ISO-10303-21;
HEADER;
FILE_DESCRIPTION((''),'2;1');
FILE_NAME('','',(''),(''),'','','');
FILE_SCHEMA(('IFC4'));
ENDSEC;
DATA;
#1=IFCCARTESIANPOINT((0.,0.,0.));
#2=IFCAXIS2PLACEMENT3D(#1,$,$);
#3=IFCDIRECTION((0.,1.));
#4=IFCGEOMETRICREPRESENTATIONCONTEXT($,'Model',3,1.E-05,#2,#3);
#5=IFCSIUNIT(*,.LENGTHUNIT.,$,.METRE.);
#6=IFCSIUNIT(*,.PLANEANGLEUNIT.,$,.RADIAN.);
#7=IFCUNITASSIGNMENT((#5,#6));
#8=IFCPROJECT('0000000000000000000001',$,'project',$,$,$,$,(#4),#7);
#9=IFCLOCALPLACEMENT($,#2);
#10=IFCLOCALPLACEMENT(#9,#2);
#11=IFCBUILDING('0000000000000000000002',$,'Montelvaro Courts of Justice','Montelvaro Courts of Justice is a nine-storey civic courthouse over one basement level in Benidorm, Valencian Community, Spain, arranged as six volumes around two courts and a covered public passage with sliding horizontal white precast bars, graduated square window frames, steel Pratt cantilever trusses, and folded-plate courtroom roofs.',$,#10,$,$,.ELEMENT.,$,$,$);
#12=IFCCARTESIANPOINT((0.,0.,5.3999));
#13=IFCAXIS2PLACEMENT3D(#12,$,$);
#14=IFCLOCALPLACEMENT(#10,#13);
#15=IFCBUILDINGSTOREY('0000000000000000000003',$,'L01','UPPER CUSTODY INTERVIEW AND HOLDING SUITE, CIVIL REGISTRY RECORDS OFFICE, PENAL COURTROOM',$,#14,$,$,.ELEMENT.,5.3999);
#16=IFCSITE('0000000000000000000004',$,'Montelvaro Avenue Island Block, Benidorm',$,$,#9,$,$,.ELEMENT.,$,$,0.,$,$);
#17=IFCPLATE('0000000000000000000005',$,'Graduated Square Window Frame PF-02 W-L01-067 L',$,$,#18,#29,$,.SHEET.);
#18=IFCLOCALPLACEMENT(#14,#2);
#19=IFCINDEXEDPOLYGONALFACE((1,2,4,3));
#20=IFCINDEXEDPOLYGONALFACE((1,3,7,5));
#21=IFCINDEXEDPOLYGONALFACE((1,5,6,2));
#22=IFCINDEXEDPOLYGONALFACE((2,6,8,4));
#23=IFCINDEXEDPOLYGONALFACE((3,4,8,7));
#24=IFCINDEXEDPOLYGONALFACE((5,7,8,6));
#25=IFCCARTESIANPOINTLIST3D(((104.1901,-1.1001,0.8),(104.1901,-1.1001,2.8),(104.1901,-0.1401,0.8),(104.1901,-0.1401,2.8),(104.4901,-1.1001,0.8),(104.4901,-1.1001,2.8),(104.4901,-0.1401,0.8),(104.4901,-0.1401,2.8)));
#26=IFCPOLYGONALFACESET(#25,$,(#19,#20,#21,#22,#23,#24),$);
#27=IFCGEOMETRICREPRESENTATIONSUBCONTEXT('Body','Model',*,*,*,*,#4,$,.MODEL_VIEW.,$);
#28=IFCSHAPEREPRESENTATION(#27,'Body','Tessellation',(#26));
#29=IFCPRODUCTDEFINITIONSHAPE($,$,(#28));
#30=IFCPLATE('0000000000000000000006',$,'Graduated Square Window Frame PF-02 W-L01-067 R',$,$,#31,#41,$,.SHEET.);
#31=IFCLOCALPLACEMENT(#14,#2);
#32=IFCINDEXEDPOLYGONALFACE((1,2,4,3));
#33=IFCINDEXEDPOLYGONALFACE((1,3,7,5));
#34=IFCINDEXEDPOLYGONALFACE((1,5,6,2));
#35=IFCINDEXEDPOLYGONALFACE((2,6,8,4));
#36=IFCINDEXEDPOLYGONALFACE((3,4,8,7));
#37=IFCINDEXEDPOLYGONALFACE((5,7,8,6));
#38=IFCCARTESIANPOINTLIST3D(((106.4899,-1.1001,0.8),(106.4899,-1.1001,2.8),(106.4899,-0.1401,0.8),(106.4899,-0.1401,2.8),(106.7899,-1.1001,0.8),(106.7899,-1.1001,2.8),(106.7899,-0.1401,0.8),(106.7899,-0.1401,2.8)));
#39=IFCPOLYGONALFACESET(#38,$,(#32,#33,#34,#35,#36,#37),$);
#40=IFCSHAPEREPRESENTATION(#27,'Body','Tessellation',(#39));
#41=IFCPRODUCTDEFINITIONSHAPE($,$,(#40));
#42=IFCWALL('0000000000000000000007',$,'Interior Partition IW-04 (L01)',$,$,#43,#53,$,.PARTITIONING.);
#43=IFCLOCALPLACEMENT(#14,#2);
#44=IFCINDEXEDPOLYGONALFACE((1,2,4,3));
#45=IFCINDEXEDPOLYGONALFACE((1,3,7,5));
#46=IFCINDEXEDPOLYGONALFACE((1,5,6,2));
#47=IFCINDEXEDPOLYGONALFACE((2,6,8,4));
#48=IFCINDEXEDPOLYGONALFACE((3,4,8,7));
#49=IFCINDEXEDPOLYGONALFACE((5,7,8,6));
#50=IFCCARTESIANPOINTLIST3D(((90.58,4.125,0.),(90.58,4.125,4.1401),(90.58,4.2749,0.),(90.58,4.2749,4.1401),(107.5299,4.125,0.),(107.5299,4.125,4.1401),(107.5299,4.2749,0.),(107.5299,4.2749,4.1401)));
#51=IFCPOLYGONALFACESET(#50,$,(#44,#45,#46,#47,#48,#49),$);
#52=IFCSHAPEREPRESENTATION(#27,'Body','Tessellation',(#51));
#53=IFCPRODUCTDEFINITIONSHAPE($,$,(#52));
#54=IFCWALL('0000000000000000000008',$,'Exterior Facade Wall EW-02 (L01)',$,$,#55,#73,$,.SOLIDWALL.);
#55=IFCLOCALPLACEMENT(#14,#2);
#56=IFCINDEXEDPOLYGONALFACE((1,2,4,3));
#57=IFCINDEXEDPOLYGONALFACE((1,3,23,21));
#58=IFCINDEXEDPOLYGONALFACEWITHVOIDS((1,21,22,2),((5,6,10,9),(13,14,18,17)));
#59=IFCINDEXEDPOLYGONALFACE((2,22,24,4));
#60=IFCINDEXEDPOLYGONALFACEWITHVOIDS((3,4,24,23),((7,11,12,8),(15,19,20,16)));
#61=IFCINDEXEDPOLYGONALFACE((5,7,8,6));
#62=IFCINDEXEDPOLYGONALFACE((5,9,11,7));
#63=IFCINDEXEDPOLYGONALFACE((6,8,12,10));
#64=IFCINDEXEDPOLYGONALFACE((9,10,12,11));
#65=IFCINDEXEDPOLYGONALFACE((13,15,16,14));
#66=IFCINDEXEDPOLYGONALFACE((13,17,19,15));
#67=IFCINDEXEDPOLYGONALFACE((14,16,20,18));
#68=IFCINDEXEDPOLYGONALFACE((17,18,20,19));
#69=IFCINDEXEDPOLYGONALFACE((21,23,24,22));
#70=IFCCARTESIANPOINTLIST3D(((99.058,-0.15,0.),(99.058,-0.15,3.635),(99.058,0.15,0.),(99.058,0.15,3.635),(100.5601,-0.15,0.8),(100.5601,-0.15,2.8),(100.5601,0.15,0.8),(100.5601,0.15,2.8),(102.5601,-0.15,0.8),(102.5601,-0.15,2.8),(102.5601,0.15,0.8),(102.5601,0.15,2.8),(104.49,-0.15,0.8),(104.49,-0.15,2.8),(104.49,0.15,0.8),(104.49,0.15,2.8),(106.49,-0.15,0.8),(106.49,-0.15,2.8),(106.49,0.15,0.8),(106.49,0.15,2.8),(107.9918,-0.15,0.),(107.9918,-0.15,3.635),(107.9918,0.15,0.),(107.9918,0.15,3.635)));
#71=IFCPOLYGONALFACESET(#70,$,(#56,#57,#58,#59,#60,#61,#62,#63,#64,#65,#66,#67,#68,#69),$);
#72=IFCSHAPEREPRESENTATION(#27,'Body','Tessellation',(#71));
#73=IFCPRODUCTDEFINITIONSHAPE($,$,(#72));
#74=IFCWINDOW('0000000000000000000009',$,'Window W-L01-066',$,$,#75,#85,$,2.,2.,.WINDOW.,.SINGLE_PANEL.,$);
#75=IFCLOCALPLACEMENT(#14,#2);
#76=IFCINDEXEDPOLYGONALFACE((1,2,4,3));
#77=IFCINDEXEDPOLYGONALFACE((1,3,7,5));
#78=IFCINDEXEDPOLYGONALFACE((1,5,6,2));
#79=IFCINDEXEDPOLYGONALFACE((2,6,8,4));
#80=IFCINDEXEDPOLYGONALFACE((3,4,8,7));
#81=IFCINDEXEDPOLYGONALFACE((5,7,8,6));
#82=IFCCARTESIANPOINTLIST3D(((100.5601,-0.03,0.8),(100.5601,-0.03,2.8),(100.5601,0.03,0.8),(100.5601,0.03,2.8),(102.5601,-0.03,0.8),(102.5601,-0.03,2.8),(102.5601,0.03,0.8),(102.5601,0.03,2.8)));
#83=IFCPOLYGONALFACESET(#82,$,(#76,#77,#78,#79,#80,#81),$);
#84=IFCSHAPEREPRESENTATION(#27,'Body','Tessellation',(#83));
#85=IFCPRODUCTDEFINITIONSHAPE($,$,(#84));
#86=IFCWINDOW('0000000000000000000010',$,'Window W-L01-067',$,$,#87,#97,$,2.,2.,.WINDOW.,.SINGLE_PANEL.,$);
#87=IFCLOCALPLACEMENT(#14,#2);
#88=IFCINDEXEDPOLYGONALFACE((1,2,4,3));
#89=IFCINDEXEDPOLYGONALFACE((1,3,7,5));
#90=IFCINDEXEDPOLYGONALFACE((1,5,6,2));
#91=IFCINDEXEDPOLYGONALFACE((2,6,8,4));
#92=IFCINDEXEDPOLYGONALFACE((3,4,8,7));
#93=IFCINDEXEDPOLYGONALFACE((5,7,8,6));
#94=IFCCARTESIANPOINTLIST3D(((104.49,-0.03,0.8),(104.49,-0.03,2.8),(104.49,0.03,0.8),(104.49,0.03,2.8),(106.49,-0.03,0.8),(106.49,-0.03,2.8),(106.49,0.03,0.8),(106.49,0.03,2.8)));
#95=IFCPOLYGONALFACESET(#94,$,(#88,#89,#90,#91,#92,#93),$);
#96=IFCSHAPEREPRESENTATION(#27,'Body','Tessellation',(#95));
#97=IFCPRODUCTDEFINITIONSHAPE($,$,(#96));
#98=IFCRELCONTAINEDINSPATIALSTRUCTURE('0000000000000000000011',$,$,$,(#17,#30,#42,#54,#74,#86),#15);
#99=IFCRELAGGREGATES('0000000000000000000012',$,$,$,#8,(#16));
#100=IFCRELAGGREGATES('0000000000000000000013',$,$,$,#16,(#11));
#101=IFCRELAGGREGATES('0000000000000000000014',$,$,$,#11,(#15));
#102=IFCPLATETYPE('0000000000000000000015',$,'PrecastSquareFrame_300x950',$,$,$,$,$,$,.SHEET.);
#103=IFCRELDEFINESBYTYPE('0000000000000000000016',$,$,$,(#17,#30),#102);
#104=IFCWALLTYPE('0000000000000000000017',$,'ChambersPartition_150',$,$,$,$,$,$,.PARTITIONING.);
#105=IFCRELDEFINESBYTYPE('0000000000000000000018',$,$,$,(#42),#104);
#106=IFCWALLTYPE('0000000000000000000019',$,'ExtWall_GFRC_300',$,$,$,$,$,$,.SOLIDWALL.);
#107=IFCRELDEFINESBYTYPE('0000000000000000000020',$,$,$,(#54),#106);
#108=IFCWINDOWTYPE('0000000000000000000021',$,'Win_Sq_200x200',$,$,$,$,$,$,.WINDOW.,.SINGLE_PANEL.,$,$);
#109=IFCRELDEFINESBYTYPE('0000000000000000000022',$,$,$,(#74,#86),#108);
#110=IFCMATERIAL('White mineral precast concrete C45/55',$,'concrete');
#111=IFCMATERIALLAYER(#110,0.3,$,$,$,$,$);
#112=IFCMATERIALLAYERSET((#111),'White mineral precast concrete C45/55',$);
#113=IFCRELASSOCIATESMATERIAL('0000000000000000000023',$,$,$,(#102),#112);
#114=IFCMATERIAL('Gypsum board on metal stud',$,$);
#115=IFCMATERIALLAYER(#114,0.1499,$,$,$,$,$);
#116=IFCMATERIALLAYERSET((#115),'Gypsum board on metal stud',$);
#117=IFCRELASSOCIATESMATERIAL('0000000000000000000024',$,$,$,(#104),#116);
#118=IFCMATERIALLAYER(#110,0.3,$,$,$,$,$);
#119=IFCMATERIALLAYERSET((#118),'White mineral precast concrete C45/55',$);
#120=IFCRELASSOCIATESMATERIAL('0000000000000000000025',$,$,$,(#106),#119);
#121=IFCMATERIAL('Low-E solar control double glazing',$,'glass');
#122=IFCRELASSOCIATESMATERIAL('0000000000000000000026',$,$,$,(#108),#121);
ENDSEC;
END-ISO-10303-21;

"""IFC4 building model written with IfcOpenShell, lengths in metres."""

from ifc_helpers import new_model, si_unit, direction, frame, frame_2d, origin, origin_2d, place, context, subcontext, project, spatial, rectangle, extrude, material, layer, layer_set, type_object, element, fill, save


model = new_model("IFC4")

# Units and contexts
model_context = context("Model", 3, precision=1e-05, world=origin(), true_north=direction((0.0, 1.0)))
body_context = subcontext(model_context, "Body", "Model", "MODEL_VIEW")
ifc_project = project(units=[si_unit("LENGTHUNIT", "METRE"), si_unit("PLANEANGLEUNIT", "RADIAN")], contexts=[model_context])

# Site, building, storey
site_placement = place(None, origin())
site = spatial("IfcSite", under=ifc_project, at=site_placement, Name="Montelvaro Avenue Island Block, Benidorm", CompositionType="ELEMENT", RefElevation=0.0)
building_placement = place(site_placement, origin())
building = spatial("IfcBuilding", under=site, at=building_placement, Name="Montelvaro Courts of Justice", Description="Montelvaro Courts of Justice is a nine-storey civic courthouse over one basement level in Benidorm, Valencian Community, Spain, arranged as six volumes around two courts and a covered public passage with sliding horizontal white precast bars, graduated square window frames, steel Pratt cantilever trusses, and folded-plate courtroom roofs.", CompositionType="ELEMENT")
storey_placement = place(building_placement, frame((0.0, 0.0, 5.3999)))
storey = spatial("IfcBuildingStorey", under=building, at=storey_placement, Name="L01", Description="UPPER CUSTODY INTERVIEW AND HOLDING SUITE, CIVIL REGISTRY RECORDS OFFICE, PENAL COURTROOM", CompositionType="ELEMENT", Elevation=5.3999)

# Plates
ifc_material_1 = material(Name="White mineral precast concrete C45/55", Category="concrete")
ifc_layer_1 = layer(ifc_material_1, 0.3)
ifc_layer_set_1 = layer_set([ifc_layer_1], Name="White mineral precast concrete C45/55")
plate_type = type_object("IfcPlateType", Name="PrecastSquareFrame_300x950", PredefinedType="SHEET", material=ifc_layer_set_1)
for number, where, z_axis, x_axis, name in (
    (1, (104.3401, -0.6201, 0.8), (0.0, 0.0, 1.0), (1.0, 0.0, 0.0), "Graduated Square Window Frame PF-02 W-L01-067 L"),
    (2, (106.6399, -0.6201, 0.8), (0.0, 0.0, 1.0), (1.0, 0.0, 0.0), "Graduated Square Window Frame PF-02 W-L01-067 R"),
):
    element("IfcPlate", number, at=place(storey_placement, frame(where, z_axis=z_axis, x_axis=x_axis)), inside=storey, type_object=plate_type, Name=name, PredefinedType="SHEET", context=body_context, shape_type="SweptSolid", body=[
        extrude(rectangle(XDim=0.3, YDim=0.96, at=origin_2d()), origin(), (0.0, 0.0, 1.0), 2.0),
    ])

# Wall
ifc_material_2 = material(Name="Gypsum board on metal stud")
ifc_layer_2 = layer(ifc_material_2, 0.1499)
ifc_layer_set_2 = layer_set([ifc_layer_2], Name="Gypsum board on metal stud")
wall_type_1 = type_object("IfcWallType", Name="ChambersPartition_150", PredefinedType="PARTITIONING", material=ifc_layer_set_2)
wall_1_placement = place(storey_placement, frame((107.53, 4.2, 0.0), z_axis=(0.0, 0.0, 1.0), x_axis=(-1.0, 0.0, 0.0)))
element("IfcWall", 3, at=wall_1_placement, inside=storey, type_object=wall_type_1, Name="Interior Partition IW-04 (L01)", PredefinedType="PARTITIONING", context=body_context, shape_type="SweptSolid", body=[
    extrude(rectangle(XDim=16.95, YDim=0.1499, at=frame_2d((8.4751, 0.0))), origin(), (0.0, 0.0, 1.0), 4.1401),
])

# Wall, openings, windows
ifc_layer_3 = layer(ifc_material_1, 0.3)
ifc_layer_set_3 = layer_set([ifc_layer_3], Name="White mineral precast concrete C45/55")
wall_type_2 = type_object("IfcWallType", Name="ExtWall_GFRC_300", PredefinedType="SOLIDWALL", material=ifc_layer_set_3)
wall_2_placement = place(storey_placement, frame((99.0581, 0.0, 0.0), z_axis=(0.0, 0.0, 1.0), x_axis=(1.0, 0.0, 0.0)))
wall_2 = element("IfcWall", 4, at=wall_2_placement, inside=storey, type_object=wall_type_2, Name="Exterior Facade Wall EW-02 (L01)", PredefinedType="SOLIDWALL", context=body_context, shape_type="SweptSolid", body=[
    extrude(rectangle(XDim=8.9338, YDim=0.3, at=frame_2d((4.4668, 0.0))), origin(), (0.0, 0.0, 1.0), 3.635),
])
opening_1_placement = place(wall_2_placement, frame((1.502, 0.0, 0.8)))
opening_1 = element("IfcOpeningElement", 5, at=opening_1_placement, cuts=wall_2, PredefinedType="OPENING", context=body_context, shape_type="SweptSolid", body=[
    extrude(rectangle(XDim=2.0, YDim=2.0, at=frame_2d((1.0, 1.0))), frame((0.0, 0.165, 0.0), z_axis=(0.0, -1.0, 0.0), x_axis=(1.0, 0.0, 0.0)), (0.0, 0.0, 1.0), 0.3298),
])
opening_2_placement = place(wall_2_placement, frame((5.4319, 0.0, 0.8)))
opening_2 = element("IfcOpeningElement", 6, at=opening_2_placement, cuts=wall_2, PredefinedType="OPENING", context=body_context, shape_type="SweptSolid", body=[
    extrude(rectangle(XDim=2.0, YDim=2.0, at=frame_2d((1.0, 1.0))), frame((0.0, 0.165, 0.0), z_axis=(0.0, -1.0, 0.0), x_axis=(1.0, 0.0, 0.0)), (0.0, 0.0, 1.0), 0.3298),
])
ifc_material_3 = material(Name="Low-E solar control double glazing", Category="glass")
window_type = type_object("IfcWindowType", Name="Win_Sq_200x200", PartitioningType="SINGLE_PANEL", PredefinedType="WINDOW", material=ifc_material_3)
window_1_placement = place(opening_1_placement, origin())
window_1 = element("IfcWindow", 7, at=window_1_placement, inside=storey, type_object=window_type, Name="Window W-L01-066", OverallHeight=2.0, OverallWidth=2.0, PartitioningType="SINGLE_PANEL", PredefinedType="WINDOW", context=body_context, shape_type="SweptSolid", body=[
    extrude(rectangle(XDim=2.0, YDim=2.0, at=frame_2d((1.0, 1.0))), frame((0.0, 0.03, 0.0), z_axis=(0.0, -1.0, 0.0), x_axis=(1.0, 0.0, 0.0)), (0.0, 0.0, 1.0), 0.0601),
])
fill(opening_1, window_1)
window_2_placement = place(opening_2_placement, origin())
window_2 = element("IfcWindow", 8, at=window_2_placement, inside=storey, type_object=window_type, Name="Window W-L01-067", OverallHeight=2.0, OverallWidth=2.0, PartitioningType="SINGLE_PANEL", PredefinedType="WINDOW", context=body_context, shape_type="SweptSolid", body=[
    extrude(rectangle(XDim=2.0, YDim=2.0, at=frame_2d((1.0, 1.0))), frame((0.0, 0.03, 0.0), z_axis=(0.0, -1.0, 0.0), x_axis=(1.0, 0.0, 0.0)), (0.0, 0.0, 1.0), 0.0601),
])
fill(opening_2, window_2)

save(model, "model.ifc")
